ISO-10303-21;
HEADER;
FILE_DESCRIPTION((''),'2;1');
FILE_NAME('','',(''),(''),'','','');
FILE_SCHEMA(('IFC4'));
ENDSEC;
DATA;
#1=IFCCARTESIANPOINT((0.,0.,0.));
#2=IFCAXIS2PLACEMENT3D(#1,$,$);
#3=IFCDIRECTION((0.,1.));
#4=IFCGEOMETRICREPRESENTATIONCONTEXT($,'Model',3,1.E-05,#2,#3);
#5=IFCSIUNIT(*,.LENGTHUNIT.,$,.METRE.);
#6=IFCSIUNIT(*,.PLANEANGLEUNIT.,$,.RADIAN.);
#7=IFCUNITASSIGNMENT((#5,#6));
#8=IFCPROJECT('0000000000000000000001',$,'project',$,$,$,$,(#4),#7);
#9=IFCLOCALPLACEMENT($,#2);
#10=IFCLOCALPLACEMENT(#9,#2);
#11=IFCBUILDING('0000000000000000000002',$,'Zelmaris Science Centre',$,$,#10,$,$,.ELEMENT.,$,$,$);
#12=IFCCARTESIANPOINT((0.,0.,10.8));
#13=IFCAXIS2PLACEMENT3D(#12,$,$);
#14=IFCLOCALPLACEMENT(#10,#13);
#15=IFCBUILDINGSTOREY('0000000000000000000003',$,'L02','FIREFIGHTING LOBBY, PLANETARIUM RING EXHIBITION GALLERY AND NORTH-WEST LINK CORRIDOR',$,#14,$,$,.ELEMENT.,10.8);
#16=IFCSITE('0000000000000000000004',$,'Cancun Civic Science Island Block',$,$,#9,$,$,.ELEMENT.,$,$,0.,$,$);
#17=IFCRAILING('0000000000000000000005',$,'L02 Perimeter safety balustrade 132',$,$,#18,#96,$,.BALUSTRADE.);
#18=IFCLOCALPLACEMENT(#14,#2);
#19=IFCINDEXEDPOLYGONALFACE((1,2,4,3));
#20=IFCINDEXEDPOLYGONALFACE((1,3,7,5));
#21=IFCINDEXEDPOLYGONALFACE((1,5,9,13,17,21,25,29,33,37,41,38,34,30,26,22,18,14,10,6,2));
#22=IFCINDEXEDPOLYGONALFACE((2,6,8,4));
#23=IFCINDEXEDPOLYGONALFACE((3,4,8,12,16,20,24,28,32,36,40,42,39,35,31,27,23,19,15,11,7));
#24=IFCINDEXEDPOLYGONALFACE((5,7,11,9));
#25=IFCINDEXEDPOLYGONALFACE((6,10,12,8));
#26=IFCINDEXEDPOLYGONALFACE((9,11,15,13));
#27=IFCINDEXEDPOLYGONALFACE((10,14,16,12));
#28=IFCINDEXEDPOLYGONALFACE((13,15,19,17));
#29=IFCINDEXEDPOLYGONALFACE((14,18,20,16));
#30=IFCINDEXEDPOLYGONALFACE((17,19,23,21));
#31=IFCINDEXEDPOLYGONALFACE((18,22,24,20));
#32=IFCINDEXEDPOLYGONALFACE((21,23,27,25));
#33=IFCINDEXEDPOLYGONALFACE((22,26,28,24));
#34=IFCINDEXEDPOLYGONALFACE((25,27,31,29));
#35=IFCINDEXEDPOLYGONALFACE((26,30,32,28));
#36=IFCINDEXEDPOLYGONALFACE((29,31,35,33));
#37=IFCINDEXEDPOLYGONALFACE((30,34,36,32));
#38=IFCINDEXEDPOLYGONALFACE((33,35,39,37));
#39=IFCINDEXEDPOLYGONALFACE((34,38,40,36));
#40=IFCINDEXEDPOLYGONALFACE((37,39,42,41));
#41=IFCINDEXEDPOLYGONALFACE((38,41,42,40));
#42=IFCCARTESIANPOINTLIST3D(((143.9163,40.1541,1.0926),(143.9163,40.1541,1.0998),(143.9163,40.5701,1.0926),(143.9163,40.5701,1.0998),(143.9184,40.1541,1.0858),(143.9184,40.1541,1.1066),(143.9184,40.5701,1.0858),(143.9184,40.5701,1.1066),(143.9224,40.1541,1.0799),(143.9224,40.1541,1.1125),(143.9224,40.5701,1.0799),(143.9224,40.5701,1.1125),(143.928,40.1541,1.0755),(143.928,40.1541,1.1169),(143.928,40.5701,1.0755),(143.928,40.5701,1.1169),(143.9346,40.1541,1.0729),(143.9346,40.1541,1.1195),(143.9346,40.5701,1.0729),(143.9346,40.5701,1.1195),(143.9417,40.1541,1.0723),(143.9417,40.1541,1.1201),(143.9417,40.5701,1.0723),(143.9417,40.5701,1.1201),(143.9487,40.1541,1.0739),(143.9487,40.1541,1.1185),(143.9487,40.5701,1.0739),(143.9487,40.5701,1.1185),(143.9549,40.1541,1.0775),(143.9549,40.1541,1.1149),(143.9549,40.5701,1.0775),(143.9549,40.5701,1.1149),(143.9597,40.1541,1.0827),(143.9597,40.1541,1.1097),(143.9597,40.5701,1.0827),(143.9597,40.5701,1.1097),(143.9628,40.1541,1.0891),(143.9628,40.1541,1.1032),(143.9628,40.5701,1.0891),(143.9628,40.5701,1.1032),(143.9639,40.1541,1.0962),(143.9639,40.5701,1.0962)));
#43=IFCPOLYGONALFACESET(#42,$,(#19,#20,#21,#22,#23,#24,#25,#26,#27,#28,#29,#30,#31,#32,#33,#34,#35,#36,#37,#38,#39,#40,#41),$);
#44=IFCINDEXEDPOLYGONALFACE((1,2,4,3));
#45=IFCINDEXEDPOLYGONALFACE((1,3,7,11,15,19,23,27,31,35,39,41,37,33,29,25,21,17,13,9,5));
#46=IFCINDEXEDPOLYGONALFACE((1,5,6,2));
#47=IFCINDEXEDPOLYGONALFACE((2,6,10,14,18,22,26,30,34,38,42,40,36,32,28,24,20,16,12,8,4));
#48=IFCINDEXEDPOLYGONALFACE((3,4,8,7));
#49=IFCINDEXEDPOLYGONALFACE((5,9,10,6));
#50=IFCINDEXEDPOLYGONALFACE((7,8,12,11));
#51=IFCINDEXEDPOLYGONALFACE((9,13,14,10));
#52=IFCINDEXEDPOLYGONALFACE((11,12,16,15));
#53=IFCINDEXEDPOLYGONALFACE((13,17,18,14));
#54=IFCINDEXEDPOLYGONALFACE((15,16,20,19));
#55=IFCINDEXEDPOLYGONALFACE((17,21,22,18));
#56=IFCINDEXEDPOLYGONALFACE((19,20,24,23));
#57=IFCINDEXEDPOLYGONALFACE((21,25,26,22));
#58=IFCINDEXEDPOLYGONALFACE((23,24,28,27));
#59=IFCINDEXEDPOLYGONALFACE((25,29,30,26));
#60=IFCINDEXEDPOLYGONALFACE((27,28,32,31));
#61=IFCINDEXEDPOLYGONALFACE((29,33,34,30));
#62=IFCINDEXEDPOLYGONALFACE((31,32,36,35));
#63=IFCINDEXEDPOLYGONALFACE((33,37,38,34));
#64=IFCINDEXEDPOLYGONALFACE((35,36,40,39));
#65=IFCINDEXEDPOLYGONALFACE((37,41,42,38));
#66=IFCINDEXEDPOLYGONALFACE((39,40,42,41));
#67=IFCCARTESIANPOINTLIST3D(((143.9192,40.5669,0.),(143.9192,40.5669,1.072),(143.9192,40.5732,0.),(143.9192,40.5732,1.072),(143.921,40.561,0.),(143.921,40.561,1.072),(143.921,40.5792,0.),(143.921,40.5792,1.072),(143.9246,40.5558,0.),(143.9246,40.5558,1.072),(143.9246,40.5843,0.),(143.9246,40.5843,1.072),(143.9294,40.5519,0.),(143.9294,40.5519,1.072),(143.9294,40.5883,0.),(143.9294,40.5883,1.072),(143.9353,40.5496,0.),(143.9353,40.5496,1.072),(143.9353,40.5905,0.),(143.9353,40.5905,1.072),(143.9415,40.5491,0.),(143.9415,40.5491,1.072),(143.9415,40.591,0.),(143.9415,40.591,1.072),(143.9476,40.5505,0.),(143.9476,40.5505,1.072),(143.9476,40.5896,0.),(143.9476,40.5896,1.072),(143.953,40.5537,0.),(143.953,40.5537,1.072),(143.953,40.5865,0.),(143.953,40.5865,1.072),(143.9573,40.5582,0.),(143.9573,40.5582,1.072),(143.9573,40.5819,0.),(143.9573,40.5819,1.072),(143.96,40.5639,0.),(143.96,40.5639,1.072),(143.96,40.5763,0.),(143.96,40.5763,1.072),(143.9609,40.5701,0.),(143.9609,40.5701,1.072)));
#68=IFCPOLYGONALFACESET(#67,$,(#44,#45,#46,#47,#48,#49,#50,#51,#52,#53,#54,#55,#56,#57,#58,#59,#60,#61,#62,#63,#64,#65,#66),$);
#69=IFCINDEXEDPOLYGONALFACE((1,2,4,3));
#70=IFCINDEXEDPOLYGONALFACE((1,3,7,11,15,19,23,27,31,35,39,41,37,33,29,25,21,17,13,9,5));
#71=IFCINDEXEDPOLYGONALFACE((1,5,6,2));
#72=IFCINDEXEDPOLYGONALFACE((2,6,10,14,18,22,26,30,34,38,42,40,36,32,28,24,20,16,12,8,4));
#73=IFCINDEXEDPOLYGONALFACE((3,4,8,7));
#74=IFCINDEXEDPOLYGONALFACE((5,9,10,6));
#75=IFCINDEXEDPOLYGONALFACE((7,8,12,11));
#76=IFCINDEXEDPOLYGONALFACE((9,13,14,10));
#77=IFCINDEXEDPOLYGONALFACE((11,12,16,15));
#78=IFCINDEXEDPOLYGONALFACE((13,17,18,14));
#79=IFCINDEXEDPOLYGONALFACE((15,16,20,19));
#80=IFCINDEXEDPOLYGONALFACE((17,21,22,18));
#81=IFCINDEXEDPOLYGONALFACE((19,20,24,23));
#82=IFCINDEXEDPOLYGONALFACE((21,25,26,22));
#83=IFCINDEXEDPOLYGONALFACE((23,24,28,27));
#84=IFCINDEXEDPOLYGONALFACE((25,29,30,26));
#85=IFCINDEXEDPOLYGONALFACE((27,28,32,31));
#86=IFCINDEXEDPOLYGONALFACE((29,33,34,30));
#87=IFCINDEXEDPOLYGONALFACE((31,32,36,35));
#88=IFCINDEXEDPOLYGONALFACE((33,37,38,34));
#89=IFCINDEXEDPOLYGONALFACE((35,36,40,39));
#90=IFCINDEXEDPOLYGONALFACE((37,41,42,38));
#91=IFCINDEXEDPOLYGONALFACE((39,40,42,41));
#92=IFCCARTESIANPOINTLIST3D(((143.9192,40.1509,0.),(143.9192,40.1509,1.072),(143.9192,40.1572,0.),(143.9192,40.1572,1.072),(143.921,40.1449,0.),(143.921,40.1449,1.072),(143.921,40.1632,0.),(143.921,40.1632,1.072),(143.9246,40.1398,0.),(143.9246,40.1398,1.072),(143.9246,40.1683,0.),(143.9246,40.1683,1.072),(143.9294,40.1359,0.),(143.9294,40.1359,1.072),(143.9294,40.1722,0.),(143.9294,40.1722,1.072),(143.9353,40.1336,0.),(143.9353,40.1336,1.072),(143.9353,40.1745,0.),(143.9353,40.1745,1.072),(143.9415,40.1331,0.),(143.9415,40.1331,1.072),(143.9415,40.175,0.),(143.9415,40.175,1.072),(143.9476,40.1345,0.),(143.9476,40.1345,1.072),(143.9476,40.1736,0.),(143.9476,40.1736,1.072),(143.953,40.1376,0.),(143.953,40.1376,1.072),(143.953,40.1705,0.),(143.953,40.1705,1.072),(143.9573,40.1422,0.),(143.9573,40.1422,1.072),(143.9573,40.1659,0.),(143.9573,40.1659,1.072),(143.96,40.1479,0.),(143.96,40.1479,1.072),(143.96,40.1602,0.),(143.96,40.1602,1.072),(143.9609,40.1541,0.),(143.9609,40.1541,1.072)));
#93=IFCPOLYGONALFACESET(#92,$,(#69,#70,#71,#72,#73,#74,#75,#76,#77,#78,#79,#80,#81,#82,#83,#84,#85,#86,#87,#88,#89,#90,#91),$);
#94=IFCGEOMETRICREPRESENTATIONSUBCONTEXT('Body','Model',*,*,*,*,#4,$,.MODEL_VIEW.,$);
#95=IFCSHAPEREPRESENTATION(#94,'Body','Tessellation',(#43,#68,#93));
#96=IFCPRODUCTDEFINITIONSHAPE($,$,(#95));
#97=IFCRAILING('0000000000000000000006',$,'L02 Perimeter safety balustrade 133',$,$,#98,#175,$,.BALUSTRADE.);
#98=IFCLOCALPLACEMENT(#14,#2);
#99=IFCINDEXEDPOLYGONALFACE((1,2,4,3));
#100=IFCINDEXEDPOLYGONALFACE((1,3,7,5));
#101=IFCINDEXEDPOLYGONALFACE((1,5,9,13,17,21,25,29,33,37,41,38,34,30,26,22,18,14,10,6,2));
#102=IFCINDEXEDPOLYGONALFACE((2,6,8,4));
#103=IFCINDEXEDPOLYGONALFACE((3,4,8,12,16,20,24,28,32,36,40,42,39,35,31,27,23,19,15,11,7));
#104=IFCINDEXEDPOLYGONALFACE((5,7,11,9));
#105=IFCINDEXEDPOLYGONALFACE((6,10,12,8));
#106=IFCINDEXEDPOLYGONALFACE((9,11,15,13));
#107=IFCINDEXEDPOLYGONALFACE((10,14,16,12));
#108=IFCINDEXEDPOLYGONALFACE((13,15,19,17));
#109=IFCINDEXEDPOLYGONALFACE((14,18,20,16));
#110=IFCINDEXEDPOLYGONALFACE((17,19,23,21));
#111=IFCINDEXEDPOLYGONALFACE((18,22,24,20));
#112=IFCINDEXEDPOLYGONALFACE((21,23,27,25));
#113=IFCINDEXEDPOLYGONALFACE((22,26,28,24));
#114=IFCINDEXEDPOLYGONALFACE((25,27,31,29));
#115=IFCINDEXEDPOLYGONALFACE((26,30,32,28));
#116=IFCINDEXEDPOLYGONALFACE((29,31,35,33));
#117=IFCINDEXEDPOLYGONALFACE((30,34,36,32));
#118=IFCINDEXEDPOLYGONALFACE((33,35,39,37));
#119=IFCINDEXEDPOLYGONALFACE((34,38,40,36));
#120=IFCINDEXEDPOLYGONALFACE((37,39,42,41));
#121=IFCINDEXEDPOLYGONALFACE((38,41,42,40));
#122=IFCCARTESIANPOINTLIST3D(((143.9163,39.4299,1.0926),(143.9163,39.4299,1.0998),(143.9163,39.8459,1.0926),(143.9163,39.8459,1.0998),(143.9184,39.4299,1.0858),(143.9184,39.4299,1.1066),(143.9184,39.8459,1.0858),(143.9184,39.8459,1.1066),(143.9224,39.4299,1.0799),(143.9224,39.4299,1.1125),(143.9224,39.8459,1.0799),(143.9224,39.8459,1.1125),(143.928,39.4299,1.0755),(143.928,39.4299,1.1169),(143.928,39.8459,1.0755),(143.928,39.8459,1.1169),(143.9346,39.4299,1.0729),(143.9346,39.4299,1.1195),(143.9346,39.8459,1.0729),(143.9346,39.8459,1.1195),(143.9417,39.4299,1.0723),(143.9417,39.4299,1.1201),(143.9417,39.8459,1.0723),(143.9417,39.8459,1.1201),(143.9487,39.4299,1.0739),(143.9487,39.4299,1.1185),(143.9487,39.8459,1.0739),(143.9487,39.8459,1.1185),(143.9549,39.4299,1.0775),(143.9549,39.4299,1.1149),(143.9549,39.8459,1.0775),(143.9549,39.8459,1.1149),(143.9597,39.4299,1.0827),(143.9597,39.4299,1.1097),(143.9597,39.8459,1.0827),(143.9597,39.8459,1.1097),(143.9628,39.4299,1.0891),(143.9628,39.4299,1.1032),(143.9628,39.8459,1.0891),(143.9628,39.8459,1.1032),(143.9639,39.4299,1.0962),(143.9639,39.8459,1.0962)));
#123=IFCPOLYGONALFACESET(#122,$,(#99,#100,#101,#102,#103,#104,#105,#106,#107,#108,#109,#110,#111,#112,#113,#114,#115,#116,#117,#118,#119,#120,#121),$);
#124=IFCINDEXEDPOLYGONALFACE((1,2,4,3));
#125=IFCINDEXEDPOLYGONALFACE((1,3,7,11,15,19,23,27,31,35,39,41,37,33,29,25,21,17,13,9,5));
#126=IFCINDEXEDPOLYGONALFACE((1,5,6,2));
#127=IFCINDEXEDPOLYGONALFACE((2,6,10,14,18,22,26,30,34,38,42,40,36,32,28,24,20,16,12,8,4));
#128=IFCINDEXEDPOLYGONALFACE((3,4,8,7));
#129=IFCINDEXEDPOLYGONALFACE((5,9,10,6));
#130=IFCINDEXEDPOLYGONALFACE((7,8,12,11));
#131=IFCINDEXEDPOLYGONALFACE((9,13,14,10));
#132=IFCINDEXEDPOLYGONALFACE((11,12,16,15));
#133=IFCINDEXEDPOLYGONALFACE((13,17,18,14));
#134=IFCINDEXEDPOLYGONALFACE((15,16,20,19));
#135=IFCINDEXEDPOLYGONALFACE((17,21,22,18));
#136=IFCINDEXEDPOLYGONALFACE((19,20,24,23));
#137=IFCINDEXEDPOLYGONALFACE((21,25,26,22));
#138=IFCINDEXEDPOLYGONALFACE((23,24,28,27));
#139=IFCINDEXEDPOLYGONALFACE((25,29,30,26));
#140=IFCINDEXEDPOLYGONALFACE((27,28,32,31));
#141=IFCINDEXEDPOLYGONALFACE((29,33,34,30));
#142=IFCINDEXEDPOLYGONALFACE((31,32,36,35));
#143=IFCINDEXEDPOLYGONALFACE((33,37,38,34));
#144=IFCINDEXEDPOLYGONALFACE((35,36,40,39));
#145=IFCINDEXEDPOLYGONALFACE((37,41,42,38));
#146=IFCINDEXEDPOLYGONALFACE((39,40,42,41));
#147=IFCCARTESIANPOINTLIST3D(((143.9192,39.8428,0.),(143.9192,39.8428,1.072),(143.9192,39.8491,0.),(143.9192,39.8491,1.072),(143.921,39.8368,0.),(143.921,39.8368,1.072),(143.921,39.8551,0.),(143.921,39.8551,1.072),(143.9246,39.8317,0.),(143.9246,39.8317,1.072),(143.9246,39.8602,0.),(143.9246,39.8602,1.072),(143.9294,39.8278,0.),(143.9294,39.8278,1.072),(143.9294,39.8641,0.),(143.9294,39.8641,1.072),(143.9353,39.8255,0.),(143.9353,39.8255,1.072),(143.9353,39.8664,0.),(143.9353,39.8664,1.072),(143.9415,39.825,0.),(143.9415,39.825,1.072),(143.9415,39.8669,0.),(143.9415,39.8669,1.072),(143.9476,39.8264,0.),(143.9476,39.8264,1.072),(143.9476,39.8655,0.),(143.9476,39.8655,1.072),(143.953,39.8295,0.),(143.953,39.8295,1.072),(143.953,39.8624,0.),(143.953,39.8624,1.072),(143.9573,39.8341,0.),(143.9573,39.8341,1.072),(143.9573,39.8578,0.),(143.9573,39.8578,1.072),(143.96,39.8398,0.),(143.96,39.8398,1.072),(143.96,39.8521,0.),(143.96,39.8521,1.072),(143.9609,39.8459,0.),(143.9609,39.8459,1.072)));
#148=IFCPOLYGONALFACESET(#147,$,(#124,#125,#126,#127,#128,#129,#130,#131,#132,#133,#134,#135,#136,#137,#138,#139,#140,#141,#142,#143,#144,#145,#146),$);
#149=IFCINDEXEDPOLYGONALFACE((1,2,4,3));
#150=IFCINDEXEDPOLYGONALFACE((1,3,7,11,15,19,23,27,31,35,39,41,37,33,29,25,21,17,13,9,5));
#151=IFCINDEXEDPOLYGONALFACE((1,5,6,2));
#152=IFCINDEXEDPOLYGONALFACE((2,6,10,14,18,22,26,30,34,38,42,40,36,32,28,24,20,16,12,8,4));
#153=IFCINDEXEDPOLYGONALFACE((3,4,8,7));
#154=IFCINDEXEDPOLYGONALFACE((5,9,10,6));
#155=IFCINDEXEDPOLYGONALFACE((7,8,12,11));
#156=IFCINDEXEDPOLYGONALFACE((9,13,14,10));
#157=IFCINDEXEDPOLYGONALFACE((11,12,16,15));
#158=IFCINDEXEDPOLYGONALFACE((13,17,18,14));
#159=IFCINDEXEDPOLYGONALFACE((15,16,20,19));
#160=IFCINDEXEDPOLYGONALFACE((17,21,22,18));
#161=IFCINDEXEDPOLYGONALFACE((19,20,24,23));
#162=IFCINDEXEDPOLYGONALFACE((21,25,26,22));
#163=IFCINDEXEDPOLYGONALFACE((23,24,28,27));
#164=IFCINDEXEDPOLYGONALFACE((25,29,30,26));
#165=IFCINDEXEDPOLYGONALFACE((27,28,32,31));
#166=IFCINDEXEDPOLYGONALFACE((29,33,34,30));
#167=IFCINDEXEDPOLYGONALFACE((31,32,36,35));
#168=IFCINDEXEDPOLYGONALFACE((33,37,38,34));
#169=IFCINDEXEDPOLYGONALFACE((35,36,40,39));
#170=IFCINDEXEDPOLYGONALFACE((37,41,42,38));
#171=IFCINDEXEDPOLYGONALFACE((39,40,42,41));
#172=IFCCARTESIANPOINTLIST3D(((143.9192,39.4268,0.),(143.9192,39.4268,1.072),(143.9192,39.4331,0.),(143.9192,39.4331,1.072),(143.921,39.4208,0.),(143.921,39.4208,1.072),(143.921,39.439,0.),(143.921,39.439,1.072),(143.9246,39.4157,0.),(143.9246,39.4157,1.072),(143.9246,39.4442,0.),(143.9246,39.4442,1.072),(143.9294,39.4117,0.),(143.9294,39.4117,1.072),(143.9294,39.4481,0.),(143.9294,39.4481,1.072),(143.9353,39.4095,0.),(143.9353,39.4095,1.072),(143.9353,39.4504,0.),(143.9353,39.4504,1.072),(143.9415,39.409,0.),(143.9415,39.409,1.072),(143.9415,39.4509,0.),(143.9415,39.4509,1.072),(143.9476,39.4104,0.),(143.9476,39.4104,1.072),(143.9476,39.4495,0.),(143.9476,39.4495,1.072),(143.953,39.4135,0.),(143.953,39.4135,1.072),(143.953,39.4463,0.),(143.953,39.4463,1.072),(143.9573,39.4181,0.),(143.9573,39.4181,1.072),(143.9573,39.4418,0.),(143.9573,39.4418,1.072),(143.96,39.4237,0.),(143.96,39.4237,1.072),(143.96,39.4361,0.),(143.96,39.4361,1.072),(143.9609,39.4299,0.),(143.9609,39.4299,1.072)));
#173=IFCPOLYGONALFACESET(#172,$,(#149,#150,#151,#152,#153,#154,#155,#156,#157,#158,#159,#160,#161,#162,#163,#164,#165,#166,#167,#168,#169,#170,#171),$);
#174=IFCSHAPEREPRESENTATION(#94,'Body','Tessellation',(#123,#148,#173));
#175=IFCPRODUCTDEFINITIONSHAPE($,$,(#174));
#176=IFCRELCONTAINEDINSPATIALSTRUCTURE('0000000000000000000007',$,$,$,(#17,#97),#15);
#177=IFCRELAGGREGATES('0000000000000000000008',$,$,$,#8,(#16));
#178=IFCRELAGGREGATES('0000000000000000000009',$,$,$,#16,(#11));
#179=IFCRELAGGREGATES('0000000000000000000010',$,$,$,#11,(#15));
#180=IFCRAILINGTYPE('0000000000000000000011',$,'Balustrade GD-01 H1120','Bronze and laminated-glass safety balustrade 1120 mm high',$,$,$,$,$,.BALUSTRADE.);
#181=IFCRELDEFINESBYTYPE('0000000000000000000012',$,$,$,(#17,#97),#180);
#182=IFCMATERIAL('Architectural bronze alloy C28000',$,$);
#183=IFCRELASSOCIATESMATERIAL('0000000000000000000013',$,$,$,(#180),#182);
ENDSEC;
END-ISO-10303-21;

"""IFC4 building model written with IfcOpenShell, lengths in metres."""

from ifc_helpers import new_model, si_unit, direction, frame, origin, origin_2d, place, context, subcontext, project, spatial, circle, extrude, material, type_object, element, save


model = new_model("IFC4")

# Units and contexts
model_context = context("Model", 3, precision=1e-05, world=origin(), true_north=direction((0.0, 1.0)))
body_context = subcontext(model_context, "Body", "Model", "MODEL_VIEW")
ifc_project = project(units=[si_unit("LENGTHUNIT", "METRE"), si_unit("PLANEANGLEUNIT", "RADIAN")], contexts=[model_context])

# Site, building, storey
site_placement = place(None, origin())
site = spatial("IfcSite", under=ifc_project, at=site_placement, Name="Cancun Civic Science Island Block", CompositionType="ELEMENT", RefElevation=0.0)
building_placement = place(site_placement, origin())
building = spatial("IfcBuilding", under=site, at=building_placement, Name="Zelmaris Science Centre", CompositionType="ELEMENT")
storey_placement = place(building_placement, frame((0.0, 0.0, 10.8)))
storey = spatial("IfcBuildingStorey", under=building, at=storey_placement, Name="L02", Description="FIREFIGHTING LOBBY, PLANETARIUM RING EXHIBITION GALLERY AND NORTH-WEST LINK CORRIDOR", CompositionType="ELEMENT", Elevation=10.8)

# Railings
ifc_material_1 = material(Name="Architectural bronze alloy C28000")
railing_type = type_object("IfcRailingType", Name="Balustrade GD-01 H1120", Description="Bronze and laminated-glass safety balustrade 1120 mm high", PredefinedType="BALUSTRADE", material=ifc_material_1)
for number, where, name in (
    (1, (143.9399, 40.5701, 0.0), "L02 Perimeter safety balustrade 132"),
    (2, (143.9399, 39.8459, 0.0), "L02 Perimeter safety balustrade 133"),
):
    element("IfcRailing", number, at=place(storey_placement, frame(where)), inside=storey, type_object=railing_type, Name=name, PredefinedType="BALUSTRADE", context=body_context, shape_type="SweptSolid", body=[
        extrude(circle(Radius=0.0239, at=origin_2d()), frame((0.0, 0.0, 1.0962), z_axis=(0.0, -1.0, 0.0), x_axis=(1.0, 0.0, 0.0)), (0.0, 0.0, 1.0), 0.416),
        extrude(circle(Radius=0.021, at=origin_2d()), origin(), (0.0, 0.0, 1.0), 1.072),
        extrude(circle(Radius=0.021, at=origin_2d()), frame((0.0, -0.416, 0.0)), (0.0, 0.0, 1.0), 1.072),
    ])

save(model, "model.ifc")
